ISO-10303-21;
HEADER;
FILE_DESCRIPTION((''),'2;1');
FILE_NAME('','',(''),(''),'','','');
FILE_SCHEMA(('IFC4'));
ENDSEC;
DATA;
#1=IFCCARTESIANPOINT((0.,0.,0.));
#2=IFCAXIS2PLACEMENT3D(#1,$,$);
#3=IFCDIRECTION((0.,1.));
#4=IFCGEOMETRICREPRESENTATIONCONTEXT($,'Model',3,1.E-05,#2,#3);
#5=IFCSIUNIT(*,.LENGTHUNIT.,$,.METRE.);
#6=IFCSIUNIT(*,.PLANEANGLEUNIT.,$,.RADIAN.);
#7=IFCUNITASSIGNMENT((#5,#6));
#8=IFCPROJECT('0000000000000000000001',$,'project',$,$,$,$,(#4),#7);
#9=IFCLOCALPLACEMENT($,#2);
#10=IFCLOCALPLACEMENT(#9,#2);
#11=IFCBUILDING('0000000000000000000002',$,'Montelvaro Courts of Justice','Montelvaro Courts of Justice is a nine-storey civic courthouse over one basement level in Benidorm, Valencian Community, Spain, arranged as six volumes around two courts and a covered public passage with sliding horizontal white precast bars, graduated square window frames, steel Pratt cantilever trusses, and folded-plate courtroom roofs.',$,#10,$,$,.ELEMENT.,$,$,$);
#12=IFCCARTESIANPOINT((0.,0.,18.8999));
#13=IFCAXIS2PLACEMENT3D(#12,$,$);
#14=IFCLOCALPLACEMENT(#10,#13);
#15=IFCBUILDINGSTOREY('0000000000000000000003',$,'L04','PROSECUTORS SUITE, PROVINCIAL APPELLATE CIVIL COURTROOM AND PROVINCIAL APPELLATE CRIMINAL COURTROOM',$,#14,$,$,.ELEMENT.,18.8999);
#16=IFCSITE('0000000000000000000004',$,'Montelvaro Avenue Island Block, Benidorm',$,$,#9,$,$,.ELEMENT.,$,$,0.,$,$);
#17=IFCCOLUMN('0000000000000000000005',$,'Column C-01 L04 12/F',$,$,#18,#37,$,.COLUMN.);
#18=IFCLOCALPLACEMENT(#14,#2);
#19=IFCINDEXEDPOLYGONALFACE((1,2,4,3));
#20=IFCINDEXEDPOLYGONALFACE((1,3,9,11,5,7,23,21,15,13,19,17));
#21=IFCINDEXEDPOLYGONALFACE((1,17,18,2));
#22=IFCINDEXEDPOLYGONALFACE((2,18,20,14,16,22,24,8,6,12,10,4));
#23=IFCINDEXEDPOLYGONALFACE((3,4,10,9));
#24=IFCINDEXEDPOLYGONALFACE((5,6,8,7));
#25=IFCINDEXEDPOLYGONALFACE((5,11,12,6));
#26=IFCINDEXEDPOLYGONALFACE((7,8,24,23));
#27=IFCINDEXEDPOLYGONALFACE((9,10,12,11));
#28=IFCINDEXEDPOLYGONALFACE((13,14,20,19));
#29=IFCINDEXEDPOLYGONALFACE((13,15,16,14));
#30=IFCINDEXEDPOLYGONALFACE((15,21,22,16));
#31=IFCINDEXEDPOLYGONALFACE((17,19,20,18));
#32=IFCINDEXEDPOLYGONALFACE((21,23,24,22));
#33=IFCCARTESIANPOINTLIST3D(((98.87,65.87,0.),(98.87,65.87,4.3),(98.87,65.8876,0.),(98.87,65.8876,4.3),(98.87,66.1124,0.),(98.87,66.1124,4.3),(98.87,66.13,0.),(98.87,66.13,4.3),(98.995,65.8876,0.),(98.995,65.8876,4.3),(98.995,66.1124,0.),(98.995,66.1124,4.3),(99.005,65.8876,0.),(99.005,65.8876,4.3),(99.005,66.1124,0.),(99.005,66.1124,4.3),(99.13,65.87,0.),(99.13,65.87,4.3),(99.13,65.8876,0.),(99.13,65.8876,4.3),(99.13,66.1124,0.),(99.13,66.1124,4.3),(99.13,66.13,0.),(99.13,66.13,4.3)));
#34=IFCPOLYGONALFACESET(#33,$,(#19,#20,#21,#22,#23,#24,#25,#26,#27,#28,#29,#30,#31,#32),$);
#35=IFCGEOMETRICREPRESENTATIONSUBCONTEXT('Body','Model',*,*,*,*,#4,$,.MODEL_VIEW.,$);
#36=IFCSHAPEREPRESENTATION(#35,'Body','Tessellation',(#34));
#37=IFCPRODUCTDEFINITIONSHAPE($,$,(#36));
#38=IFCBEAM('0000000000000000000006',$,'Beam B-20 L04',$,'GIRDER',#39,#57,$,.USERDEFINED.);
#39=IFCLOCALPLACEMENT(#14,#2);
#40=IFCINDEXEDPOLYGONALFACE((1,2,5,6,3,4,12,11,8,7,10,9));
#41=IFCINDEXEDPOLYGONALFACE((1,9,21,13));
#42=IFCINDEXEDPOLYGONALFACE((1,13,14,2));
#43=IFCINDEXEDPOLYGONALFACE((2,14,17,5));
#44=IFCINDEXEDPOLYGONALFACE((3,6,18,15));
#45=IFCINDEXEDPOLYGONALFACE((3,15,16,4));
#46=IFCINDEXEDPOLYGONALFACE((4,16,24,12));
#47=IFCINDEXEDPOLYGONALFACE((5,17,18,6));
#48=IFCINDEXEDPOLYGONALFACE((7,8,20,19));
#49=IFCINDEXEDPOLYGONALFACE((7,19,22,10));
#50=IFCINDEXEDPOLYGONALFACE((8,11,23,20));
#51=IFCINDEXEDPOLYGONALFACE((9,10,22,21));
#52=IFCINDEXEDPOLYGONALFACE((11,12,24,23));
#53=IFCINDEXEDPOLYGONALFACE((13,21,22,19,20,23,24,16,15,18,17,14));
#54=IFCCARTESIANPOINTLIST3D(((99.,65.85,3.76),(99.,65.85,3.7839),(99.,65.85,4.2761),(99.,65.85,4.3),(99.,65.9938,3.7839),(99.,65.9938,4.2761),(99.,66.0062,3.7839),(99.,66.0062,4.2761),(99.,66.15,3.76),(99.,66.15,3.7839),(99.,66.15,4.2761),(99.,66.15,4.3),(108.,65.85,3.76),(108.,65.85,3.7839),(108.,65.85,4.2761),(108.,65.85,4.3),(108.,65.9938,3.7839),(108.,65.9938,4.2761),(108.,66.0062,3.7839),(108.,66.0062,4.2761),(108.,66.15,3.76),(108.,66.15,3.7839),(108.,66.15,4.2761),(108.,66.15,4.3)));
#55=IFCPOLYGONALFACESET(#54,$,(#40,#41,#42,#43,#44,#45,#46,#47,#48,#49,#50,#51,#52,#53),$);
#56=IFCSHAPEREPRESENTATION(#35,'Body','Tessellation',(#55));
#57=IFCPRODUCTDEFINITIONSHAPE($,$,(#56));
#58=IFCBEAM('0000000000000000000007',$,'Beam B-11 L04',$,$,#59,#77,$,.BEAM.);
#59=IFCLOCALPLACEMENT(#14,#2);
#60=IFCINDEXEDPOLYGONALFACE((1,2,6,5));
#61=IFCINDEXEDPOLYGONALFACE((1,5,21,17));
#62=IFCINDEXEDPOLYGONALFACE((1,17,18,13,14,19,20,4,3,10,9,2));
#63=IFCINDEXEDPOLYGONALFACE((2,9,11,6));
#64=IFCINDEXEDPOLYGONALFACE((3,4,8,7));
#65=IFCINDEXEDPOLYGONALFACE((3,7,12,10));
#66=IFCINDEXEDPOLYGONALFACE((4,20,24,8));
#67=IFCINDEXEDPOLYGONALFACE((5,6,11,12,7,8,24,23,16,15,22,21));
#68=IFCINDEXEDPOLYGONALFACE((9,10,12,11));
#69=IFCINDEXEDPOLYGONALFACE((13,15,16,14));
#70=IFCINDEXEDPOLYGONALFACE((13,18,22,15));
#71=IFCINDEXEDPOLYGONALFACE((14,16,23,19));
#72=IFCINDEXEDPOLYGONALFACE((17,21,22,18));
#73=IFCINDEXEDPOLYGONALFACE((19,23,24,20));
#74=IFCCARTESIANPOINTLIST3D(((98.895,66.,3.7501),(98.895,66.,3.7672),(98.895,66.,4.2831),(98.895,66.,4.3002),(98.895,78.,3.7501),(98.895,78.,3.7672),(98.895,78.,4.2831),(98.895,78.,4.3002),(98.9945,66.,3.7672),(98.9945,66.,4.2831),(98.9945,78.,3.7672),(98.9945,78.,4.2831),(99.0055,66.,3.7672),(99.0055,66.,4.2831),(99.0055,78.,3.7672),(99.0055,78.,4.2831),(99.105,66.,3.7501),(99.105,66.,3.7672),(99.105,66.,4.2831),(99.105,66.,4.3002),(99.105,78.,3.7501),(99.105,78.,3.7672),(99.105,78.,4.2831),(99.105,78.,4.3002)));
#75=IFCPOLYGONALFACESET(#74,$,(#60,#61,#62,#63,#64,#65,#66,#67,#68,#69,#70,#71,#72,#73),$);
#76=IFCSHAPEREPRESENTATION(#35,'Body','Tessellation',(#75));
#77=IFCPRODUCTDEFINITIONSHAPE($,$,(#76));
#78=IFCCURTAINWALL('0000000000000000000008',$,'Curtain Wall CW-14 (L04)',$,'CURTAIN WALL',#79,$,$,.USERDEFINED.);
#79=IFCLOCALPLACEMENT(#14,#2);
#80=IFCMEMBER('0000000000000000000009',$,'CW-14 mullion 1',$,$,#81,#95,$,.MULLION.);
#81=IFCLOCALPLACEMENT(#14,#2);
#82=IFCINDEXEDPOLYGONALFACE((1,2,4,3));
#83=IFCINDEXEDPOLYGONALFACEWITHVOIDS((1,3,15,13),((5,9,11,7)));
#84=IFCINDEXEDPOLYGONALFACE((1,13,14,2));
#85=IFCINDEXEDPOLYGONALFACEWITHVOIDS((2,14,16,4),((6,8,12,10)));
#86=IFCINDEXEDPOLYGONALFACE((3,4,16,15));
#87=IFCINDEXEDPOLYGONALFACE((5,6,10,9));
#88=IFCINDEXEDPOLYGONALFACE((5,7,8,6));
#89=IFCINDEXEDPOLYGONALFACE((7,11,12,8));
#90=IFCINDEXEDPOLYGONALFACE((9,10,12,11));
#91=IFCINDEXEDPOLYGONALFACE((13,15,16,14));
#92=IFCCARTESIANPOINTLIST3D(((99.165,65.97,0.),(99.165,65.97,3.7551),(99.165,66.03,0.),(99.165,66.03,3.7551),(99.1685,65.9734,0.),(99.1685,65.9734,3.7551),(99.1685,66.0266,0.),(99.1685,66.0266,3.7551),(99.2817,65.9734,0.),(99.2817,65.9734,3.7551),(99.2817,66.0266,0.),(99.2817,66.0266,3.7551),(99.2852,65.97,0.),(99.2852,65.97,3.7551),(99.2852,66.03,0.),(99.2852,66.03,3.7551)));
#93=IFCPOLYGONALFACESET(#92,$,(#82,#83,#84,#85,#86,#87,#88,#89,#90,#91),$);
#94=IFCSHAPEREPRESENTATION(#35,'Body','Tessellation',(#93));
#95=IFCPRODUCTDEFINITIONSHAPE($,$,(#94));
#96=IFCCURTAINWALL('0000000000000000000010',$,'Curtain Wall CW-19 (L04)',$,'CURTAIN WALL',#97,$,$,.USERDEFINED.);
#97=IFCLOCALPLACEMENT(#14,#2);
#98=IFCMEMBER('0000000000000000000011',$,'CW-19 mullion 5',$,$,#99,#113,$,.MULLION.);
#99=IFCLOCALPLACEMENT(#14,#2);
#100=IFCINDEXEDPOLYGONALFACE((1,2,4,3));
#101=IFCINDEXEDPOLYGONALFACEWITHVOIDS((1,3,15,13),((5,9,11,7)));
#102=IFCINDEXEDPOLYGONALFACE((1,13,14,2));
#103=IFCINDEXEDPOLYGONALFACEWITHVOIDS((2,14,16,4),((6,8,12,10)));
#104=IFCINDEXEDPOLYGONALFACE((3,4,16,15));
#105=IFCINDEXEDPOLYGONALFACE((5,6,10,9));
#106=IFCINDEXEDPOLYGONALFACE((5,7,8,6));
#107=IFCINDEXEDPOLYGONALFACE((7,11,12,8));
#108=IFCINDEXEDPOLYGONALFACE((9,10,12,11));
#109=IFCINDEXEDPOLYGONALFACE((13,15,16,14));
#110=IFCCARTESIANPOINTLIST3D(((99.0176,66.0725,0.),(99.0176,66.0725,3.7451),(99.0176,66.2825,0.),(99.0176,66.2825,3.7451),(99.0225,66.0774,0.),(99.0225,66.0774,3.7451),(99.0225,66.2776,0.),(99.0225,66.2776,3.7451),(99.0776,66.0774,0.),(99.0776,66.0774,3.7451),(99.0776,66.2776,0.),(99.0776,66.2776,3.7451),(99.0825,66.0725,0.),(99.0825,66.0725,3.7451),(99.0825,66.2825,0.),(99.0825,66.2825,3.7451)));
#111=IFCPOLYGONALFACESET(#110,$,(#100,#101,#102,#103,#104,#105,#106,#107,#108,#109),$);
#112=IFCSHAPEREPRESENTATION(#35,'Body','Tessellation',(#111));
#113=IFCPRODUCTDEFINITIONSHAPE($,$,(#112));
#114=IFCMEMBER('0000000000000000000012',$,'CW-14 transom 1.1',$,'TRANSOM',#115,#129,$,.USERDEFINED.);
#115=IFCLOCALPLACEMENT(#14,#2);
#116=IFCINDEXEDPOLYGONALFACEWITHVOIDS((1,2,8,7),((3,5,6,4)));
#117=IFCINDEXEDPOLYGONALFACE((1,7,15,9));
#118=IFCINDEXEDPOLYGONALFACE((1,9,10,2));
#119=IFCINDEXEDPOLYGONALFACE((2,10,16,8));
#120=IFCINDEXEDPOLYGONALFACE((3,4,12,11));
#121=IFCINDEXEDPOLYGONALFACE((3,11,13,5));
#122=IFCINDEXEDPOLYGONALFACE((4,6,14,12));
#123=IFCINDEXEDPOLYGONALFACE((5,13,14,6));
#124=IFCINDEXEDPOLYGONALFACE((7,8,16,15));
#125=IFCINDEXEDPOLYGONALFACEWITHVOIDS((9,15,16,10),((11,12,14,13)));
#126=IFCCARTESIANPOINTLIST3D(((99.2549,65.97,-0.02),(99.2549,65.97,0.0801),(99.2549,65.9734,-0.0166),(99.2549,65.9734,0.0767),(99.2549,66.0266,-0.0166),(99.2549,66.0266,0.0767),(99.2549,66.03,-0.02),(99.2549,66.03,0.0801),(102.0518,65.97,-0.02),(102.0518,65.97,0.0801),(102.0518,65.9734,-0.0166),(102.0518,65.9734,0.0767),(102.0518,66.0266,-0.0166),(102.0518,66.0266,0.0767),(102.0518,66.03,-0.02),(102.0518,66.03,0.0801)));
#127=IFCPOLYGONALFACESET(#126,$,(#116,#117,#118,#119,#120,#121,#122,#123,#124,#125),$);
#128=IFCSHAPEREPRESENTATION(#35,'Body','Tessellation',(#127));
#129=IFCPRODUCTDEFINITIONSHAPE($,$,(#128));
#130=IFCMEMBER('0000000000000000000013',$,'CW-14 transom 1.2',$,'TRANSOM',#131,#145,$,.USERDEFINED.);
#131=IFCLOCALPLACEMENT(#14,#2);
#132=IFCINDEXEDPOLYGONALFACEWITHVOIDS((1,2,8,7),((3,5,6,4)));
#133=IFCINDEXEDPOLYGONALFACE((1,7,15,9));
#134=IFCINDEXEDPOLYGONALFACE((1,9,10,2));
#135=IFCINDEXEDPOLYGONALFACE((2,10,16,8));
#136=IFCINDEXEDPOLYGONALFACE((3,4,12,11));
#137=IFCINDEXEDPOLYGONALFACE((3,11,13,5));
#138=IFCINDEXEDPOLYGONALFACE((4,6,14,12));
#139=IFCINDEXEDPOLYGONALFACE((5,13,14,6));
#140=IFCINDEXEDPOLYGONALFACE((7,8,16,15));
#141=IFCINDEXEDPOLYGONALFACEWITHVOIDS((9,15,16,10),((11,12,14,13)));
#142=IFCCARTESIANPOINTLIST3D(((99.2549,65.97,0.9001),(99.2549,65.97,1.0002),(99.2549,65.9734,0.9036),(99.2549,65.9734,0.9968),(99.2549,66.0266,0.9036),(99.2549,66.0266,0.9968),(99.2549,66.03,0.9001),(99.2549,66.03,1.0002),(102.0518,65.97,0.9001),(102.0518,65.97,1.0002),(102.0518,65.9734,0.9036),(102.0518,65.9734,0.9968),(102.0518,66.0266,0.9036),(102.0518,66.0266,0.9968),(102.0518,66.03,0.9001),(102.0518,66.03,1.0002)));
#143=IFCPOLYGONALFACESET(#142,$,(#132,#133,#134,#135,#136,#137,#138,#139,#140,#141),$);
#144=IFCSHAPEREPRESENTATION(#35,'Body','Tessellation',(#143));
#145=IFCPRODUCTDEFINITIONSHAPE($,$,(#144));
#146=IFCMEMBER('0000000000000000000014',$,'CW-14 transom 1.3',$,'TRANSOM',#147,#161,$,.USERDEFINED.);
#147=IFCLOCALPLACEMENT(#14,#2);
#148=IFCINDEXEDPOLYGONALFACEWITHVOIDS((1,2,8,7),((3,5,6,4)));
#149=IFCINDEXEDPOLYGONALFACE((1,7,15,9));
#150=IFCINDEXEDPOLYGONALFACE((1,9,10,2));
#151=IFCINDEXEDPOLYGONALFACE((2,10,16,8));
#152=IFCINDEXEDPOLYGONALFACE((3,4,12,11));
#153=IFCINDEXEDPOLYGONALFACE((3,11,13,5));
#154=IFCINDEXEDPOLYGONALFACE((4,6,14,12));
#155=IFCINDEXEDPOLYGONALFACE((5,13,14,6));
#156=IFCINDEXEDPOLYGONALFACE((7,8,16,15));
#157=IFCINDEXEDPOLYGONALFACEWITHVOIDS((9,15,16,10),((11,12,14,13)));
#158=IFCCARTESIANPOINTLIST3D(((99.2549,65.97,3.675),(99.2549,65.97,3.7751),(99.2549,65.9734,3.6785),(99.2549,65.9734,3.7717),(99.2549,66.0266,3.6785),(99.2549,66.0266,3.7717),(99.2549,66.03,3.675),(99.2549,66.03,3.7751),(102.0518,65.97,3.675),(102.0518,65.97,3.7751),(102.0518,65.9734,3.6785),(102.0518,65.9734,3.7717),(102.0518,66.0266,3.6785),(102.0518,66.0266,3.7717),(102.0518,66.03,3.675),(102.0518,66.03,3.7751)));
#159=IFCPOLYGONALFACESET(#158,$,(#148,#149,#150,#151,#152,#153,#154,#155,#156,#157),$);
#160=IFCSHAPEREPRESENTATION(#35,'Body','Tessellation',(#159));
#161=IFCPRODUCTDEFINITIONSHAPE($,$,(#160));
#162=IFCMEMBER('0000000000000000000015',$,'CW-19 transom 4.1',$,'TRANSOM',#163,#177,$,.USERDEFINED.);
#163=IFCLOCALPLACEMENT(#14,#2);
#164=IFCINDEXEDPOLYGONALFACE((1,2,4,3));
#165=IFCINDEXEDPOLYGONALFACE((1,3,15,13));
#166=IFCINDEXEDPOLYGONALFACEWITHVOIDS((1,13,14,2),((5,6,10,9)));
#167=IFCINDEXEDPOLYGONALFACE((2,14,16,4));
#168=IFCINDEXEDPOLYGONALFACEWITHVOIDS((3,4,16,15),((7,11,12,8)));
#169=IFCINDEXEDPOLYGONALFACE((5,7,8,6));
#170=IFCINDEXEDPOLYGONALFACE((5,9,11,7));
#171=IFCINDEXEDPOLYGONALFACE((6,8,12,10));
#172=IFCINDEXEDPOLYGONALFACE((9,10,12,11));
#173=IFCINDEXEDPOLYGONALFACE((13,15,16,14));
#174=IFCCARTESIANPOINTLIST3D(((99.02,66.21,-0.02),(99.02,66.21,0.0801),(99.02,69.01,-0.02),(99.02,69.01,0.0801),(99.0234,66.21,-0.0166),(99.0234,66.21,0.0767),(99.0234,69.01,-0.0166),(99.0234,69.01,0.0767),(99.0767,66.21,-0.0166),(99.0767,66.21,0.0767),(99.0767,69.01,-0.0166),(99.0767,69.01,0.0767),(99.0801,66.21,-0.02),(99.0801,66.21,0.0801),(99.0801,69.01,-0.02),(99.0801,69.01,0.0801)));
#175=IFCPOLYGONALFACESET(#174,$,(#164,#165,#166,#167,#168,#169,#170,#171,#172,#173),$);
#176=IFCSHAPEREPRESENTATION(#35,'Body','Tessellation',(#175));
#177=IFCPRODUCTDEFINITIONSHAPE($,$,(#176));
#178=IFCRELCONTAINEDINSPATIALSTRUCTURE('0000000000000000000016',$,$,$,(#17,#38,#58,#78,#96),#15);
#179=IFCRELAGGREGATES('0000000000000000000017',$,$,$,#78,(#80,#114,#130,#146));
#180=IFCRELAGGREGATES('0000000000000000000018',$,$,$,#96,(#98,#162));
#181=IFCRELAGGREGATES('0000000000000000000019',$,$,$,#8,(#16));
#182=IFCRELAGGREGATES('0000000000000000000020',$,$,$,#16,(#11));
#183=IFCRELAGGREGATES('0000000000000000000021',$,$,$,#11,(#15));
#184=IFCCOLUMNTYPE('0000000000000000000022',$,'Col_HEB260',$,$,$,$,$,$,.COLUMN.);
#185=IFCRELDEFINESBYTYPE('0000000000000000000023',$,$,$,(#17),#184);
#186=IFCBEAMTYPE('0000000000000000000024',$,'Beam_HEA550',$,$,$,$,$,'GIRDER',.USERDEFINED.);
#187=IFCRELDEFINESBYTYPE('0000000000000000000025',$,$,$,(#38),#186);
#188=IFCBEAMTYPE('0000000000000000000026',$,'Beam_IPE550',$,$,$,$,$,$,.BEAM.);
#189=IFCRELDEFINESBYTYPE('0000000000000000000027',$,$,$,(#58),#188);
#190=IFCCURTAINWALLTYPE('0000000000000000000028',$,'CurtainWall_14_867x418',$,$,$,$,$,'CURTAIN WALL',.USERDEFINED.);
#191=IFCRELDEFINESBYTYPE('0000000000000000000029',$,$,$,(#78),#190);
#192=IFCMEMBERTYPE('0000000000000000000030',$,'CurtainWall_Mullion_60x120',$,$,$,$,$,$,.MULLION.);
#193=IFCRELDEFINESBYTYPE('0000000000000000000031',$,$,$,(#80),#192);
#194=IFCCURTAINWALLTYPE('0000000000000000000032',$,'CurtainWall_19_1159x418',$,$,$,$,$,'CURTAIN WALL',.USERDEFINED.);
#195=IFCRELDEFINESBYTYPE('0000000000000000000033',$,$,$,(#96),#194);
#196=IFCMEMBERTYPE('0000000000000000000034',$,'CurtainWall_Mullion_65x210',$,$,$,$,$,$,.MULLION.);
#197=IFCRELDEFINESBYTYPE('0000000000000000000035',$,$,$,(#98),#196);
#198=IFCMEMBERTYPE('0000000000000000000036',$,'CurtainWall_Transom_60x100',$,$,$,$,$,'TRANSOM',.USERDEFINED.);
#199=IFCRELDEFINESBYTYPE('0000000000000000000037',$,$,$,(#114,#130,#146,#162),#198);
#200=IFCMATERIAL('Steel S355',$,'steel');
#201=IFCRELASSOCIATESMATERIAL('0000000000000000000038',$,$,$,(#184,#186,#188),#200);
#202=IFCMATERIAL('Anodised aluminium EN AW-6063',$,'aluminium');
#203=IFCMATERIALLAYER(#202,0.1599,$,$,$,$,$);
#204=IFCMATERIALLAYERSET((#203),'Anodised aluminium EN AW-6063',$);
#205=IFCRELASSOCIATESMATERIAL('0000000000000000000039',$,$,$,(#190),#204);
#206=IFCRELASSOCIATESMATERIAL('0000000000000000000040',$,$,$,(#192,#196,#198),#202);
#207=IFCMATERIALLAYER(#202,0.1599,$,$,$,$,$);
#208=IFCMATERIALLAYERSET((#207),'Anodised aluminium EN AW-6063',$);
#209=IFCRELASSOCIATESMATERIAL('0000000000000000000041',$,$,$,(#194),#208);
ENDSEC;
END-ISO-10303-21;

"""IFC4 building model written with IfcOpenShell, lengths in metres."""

from ifc_helpers import new_model, si_unit, direction, frame, origin, origin_2d, place, context, subcontext, project, spatial, hollow_rectangle, i_section, extrude, material, layer, layer_set, material_profile, profile_set, type_object, element, aggregate, save


model = new_model("IFC4")

# Units and contexts
model_context = context("Model", 3, precision=1e-05, world=origin(), true_north=direction((0.0, 1.0)))
body_context = subcontext(model_context, "Body", "Model", "MODEL_VIEW")
ifc_project = project(units=[si_unit("LENGTHUNIT", "METRE"), si_unit("PLANEANGLEUNIT", "RADIAN")], contexts=[model_context])

# Site, building, storey
site_placement = place(None, origin())
site = spatial("IfcSite", under=ifc_project, at=site_placement, Name="Montelvaro Avenue Island Block, Benidorm", CompositionType="ELEMENT", RefElevation=0.0)
building_placement = place(site_placement, origin())
building = spatial("IfcBuilding", under=site, at=building_placement, Name="Montelvaro Courts of Justice", Description="Montelvaro Courts of Justice is a nine-storey civic courthouse over one basement level in Benidorm, Valencian Community, Spain, arranged as six volumes around two courts and a covered public passage with sliding horizontal white precast bars, graduated square window frames, steel Pratt cantilever trusses, and folded-plate courtroom roofs.", CompositionType="ELEMENT")
storey_placement = place(building_placement, frame((0.0, 0.0, 18.8999)))
storey = spatial("IfcBuildingStorey", under=building, at=storey_placement, Name="L04", Description="PROSECUTORS SUITE, PROVINCIAL APPELLATE CIVIL COURTROOM AND PROVINCIAL APPELLATE CRIMINAL COURTROOM", CompositionType="ELEMENT", Elevation=18.8999)

# Column
ifc_material_1 = material(Name="Steel S355", Category="steel")
ifc_material_profile_1 = material_profile(ifc_material_1, i_section(OverallWidth=0.26, OverallDepth=0.26, WebThickness=0.01, FlangeThickness=0.0176, at=origin_2d()), Name="HEB 260")
ifc_profile_set_1 = profile_set([ifc_material_profile_1], Name="Steel S355")
column_type = type_object("IfcColumnType", Name="Col_HEB260", PredefinedType="COLUMN", material=ifc_profile_set_1)
column_placement = place(storey_placement, frame((99.0, 66.0, 0.0), z_axis=(0.0, 0.0, 1.0), x_axis=(1.0, 0.0, 0.0)))
element("IfcColumn", 1, at=column_placement, inside=storey, type_object=column_type, Name="Column C-01 L04 12/F", PredefinedType="COLUMN", context=body_context, shape_type="SweptSolid", body=[
    extrude(i_section(OverallWidth=0.26, OverallDepth=0.26, WebThickness=0.01, FlangeThickness=0.0176, at=origin_2d()), origin(), (0.0, 0.0, 1.0), 4.3),
])

# Beams
ifc_material_profile_2 = material_profile(ifc_material_1, i_section(OverallWidth=0.3, OverallDepth=0.54, WebThickness=0.0125, FlangeThickness=0.0239, at=origin_2d()), Name="HEA 550")
ifc_profile_set_2 = profile_set([ifc_material_profile_2], Name="Steel S355")
beam_type_1 = type_object("IfcBeamType", Name="Beam_HEA550", ElementType="GIRDER", PredefinedType="USERDEFINED", material=ifc_profile_set_2)
beam_1_placement = place(storey_placement, frame((99.0, 66.0, 4.03), z_axis=(1.0, 0.0, 0.0), x_axis=(0.0, 1.0, 0.0)))
element("IfcBeam", 2, at=beam_1_placement, inside=storey, type_object=beam_type_1, Name="Beam B-20 L04", ObjectType="GIRDER", PredefinedType="USERDEFINED", context=body_context, shape_type="SweptSolid", body=[
    extrude(i_section(OverallWidth=0.3, OverallDepth=0.54, WebThickness=0.0125, FlangeThickness=0.0239, at=origin_2d()), origin(), (0.0, 0.0, 1.0), 9.0),
])
ifc_material_profile_3 = material_profile(ifc_material_1, i_section(OverallWidth=0.21, OverallDepth=0.55, WebThickness=0.011, FlangeThickness=0.0171, at=origin_2d()), Name="IPE 550")
ifc_profile_set_3 = profile_set([ifc_material_profile_3], Name="Steel S355")
beam_type_2 = type_object("IfcBeamType", Name="Beam_IPE550", PredefinedType="BEAM", material=ifc_profile_set_3)
beam_2_placement = place(storey_placement, frame((99.0, 66.0, 4.0251), z_axis=(0.0, 1.0, 0.0), x_axis=(-1.0, 0.0, 0.0)))
element("IfcBeam", 3, at=beam_2_placement, inside=storey, type_object=beam_type_2, Name="Beam B-11 L04", PredefinedType="BEAM", context=body_context, shape_type="SweptSolid", body=[
    extrude(i_section(OverallWidth=0.21, OverallDepth=0.55, WebThickness=0.011, FlangeThickness=0.0171, at=origin_2d()), origin(), (0.0, 0.0, 1.0), 12.0),
])

# Curtain walls, members
ifc_material_2 = material(Name="Anodised aluminium EN AW-6063", Category="aluminium")
ifc_layer_1 = layer(ifc_material_2, 0.1599)
ifc_layer_set_1 = layer_set([ifc_layer_1], Name="Anodised aluminium EN AW-6063")
curtain_wall_type_1 = type_object("IfcCurtainWallType", Name="CurtainWall_14_867x418", ElementType="CURTAIN WALL", PredefinedType="USERDEFINED", material=ifc_layer_set_1)
curtain_wall_1_placement = place(storey_placement, origin())
curtain_wall_1 = element("IfcCurtainWall", 4, at=curtain_wall_1_placement, inside=storey, type_object=curtain_wall_type_1, Name="Curtain Wall CW-14 (L04)", ObjectType="CURTAIN WALL", PredefinedType="USERDEFINED")
ifc_material_profile_4 = material_profile(ifc_material_2, hollow_rectangle(XDim=0.0601, YDim=0.1201, WallThickness=0.0034, at=origin_2d()), Name="ALU-M 60x120")
ifc_profile_set_4 = profile_set([ifc_material_profile_4], Name="Anodised aluminium EN AW-6063")
member_type_1 = type_object("IfcMemberType", Name="CurtainWall_Mullion_60x120", PredefinedType="MULLION", material=ifc_profile_set_4)
member_1_placement = place(storey_placement, frame((99.2251, 66.0, 0.0), z_axis=(0.0, 0.0, 1.0), x_axis=(0.0, 1.0, 0.0)))
member_1 = element("IfcMember", 5, at=member_1_placement, type_object=member_type_1, Name="CW-14 mullion 1", PredefinedType="MULLION", context=body_context, shape_type="SweptSolid", body=[
    extrude(hollow_rectangle(XDim=0.0601, YDim=0.1201, WallThickness=0.0034, at=origin_2d()), origin(), (0.0, 0.0, 1.0), 3.7551),
])
ifc_layer_2 = layer(ifc_material_2, 0.1599)
ifc_layer_set_2 = layer_set([ifc_layer_2], Name="Anodised aluminium EN AW-6063")
curtain_wall_type_2 = type_object("IfcCurtainWallType", Name="CurtainWall_19_1159x418", ElementType="CURTAIN WALL", PredefinedType="USERDEFINED", material=ifc_layer_set_2)
curtain_wall_2_placement = place(storey_placement, origin())
curtain_wall_2 = element("IfcCurtainWall", 6, at=curtain_wall_2_placement, inside=storey, type_object=curtain_wall_type_2, Name="Curtain Wall CW-19 (L04)", ObjectType="CURTAIN WALL", PredefinedType="USERDEFINED")
ifc_material_profile_5 = material_profile(ifc_material_2, hollow_rectangle(XDim=0.0649, YDim=0.21, WallThickness=0.0049, at=origin_2d()), Name="ALU-M 65x210")
ifc_profile_set_5 = profile_set([ifc_material_profile_5], Name="Anodised aluminium EN AW-6063")
member_type_2 = type_object("IfcMemberType", Name="CurtainWall_Mullion_65x210", PredefinedType="MULLION", material=ifc_profile_set_5)
member_2_placement = place(storey_placement, frame((99.05, 66.1775, 0.0), z_axis=(0.0, 0.0, 1.0), x_axis=(1.0, 0.0, 0.0)))
member_2 = element("IfcMember", 7, at=member_2_placement, type_object=member_type_2, Name="CW-19 mullion 5", PredefinedType="MULLION", context=body_context, shape_type="SweptSolid", body=[
    extrude(hollow_rectangle(XDim=0.0649, YDim=0.21, WallThickness=0.0049, at=origin_2d()), origin(), (0.0, 0.0, 1.0), 3.7451),
])

# Members
ifc_material_profile_6 = material_profile(ifc_material_2, hollow_rectangle(XDim=0.0601, YDim=0.1001, WallThickness=0.0034, at=origin_2d()), Name="ALU-T 60x100")
ifc_profile_set_6 = profile_set([ifc_material_profile_6], Name="Anodised aluminium EN AW-6063")
member_type_3 = type_object("IfcMemberType", Name="CurtainWall_Transom_60x100", ElementType="TRANSOM", PredefinedType="USERDEFINED", material=ifc_profile_set_6)
member_3_placement = place(storey_placement, frame((99.2549, 66.0, 0.03), z_axis=(1.0, 0.0, 0.0), x_axis=(0.0, 1.0, 0.0)))
member_3 = element("IfcMember", 8, at=member_3_placement, type_object=member_type_3, Name="CW-14 transom 1.1", ObjectType="TRANSOM", PredefinedType="USERDEFINED", context=body_context, shape_type="SweptSolid", body=[
    extrude(hollow_rectangle(XDim=0.0601, YDim=0.1001, WallThickness=0.0034, at=origin_2d()), origin(), (0.0, 0.0, 1.0), 2.7969),
])
member_4_placement = place(storey_placement, frame((99.2549, 66.0, 0.9502), z_axis=(1.0, 0.0, 0.0), x_axis=(0.0, 1.0, 0.0)))
member_4 = element("IfcMember", 9, at=member_4_placement, type_object=member_type_3, Name="CW-14 transom 1.2", ObjectType="TRANSOM", PredefinedType="USERDEFINED", context=body_context, shape_type="SweptSolid", body=[
    extrude(hollow_rectangle(XDim=0.0601, YDim=0.1001, WallThickness=0.0034, at=origin_2d()), origin(), (0.0, 0.0, 1.0), 2.7969),
])
member_5_placement = place(storey_placement, frame((99.2549, 66.0, 3.7251), z_axis=(1.0, 0.0, 0.0), x_axis=(0.0, 1.0, 0.0)))
member_5 = element("IfcMember", 10, at=member_5_placement, type_object=member_type_3, Name="CW-14 transom 1.3", ObjectType="TRANSOM", PredefinedType="USERDEFINED", context=body_context, shape_type="SweptSolid", body=[
    extrude(hollow_rectangle(XDim=0.0601, YDim=0.1001, WallThickness=0.0034, at=origin_2d()), origin(), (0.0, 0.0, 1.0), 2.7969),
])
member_6_placement = place(storey_placement, frame((99.05, 69.01, 0.03), z_axis=(0.0, -1.0, 0.0), x_axis=(1.0, 0.0, 0.0)))
member_6 = element("IfcMember", 11, at=member_6_placement, type_object=member_type_3, Name="CW-19 transom 4.1", ObjectType="TRANSOM", PredefinedType="USERDEFINED", context=body_context, shape_type="SweptSolid", body=[
    extrude(hollow_rectangle(XDim=0.0601, YDim=0.1001, WallThickness=0.0034, at=origin_2d()), origin(), (0.0, 0.0, 1.0), 2.8),
])

aggregate(curtain_wall_1, [member_1, member_3, member_4, member_5])
aggregate(curtain_wall_2, [member_2, member_6])

save(model, "model.ifc")
